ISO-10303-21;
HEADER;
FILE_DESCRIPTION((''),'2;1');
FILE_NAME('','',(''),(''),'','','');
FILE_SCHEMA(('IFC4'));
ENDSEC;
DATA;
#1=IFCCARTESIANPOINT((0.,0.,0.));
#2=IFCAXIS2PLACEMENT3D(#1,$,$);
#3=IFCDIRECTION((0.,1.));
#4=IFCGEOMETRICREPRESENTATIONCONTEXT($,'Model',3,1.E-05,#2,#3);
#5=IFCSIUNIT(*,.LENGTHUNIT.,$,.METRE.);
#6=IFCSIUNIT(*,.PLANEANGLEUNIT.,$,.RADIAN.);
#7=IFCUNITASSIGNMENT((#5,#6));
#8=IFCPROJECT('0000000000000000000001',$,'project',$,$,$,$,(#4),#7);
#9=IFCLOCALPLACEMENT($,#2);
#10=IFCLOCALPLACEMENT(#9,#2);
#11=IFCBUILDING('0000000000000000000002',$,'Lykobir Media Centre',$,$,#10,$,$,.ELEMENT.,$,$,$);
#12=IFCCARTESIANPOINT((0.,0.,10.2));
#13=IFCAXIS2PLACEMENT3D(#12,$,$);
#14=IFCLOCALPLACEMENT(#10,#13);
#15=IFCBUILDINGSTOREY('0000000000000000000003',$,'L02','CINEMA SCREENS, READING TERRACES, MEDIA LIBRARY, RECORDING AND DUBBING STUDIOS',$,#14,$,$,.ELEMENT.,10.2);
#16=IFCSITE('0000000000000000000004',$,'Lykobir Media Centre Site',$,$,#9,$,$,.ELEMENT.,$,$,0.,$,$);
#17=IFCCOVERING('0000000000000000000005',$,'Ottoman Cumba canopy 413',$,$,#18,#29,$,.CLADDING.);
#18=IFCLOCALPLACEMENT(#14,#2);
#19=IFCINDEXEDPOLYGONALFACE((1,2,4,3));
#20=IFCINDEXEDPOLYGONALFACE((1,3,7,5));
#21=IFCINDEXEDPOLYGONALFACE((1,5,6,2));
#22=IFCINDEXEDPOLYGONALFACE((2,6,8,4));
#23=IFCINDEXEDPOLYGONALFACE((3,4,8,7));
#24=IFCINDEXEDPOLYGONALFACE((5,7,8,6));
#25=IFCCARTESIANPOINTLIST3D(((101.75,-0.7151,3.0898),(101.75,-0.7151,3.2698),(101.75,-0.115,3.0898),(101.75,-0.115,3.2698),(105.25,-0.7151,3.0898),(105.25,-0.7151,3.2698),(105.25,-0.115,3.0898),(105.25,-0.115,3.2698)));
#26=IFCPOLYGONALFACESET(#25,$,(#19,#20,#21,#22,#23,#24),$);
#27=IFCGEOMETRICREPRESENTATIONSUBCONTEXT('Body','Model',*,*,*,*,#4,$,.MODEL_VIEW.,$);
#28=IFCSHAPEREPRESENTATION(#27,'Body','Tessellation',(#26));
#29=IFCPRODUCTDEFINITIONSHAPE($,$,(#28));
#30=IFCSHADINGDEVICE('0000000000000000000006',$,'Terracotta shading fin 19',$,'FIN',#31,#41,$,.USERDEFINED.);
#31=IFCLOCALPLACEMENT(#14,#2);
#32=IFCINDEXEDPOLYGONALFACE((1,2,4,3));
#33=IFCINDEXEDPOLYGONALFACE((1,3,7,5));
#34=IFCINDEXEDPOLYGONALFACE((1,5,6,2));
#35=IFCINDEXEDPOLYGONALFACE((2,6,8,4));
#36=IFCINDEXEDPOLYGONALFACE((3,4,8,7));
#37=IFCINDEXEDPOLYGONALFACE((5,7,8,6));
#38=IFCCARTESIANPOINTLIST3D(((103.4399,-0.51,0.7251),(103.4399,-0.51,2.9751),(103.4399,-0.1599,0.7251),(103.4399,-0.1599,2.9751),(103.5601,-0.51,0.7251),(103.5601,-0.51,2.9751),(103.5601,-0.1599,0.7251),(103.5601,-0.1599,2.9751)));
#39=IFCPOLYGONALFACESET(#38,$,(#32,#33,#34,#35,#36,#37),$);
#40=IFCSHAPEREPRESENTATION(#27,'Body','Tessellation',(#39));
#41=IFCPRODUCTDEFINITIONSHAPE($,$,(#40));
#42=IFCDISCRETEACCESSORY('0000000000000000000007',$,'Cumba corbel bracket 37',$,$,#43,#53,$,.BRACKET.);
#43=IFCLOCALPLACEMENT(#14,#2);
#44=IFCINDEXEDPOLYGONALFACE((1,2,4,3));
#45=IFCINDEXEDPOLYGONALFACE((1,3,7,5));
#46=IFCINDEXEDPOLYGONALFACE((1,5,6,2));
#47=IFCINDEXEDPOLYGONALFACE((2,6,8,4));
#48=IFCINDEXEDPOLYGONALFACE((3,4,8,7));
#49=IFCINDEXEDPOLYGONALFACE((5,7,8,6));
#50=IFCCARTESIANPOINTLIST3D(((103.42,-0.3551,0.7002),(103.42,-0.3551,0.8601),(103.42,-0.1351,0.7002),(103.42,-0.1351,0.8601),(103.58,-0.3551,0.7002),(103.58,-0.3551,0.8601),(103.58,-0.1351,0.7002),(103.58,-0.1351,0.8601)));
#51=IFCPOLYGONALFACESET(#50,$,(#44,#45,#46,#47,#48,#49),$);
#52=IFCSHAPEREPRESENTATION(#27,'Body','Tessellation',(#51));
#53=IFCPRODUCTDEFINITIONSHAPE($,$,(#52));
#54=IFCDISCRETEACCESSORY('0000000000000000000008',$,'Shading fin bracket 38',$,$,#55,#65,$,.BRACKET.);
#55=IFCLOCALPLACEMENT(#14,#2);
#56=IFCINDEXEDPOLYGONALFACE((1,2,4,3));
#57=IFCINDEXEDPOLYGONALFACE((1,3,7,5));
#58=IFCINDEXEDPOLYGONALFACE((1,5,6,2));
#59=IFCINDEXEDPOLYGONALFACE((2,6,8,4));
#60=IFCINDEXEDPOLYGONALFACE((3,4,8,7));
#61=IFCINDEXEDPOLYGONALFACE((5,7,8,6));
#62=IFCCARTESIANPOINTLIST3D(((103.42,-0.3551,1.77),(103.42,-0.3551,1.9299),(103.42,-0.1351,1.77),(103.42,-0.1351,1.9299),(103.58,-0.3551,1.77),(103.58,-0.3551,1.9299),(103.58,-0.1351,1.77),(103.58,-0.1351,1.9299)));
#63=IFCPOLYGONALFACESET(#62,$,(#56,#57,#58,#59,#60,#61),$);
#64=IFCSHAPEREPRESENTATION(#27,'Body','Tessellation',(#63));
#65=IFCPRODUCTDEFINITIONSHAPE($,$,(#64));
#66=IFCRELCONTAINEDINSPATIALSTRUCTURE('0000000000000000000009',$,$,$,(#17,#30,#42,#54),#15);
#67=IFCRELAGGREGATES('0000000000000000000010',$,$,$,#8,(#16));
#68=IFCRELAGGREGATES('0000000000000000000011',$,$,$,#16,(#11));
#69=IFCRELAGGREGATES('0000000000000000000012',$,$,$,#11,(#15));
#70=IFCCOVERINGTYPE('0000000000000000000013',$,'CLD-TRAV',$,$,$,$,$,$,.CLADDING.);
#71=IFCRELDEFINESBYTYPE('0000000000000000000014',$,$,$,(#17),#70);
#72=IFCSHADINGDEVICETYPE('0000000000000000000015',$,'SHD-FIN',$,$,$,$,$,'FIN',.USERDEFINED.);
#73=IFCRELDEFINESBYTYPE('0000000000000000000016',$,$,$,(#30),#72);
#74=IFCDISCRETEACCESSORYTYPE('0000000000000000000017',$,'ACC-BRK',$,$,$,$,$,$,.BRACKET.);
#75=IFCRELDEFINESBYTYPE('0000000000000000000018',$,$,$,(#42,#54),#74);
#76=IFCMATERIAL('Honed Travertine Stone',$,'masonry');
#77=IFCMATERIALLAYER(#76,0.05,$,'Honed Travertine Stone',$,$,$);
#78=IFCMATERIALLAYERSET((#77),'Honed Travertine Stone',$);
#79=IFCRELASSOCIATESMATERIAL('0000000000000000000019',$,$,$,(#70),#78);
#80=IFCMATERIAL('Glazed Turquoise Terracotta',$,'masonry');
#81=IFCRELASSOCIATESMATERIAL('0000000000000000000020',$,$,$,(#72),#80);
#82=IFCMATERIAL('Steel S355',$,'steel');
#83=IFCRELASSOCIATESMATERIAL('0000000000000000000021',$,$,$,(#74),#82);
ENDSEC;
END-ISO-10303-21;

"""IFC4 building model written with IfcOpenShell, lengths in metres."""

from ifc_helpers import new_model, si_unit, direction, frame, origin, origin_2d, place, context, subcontext, project, spatial, rectangle, extrude, material, layer, layer_set, type_object, element, save


model = new_model("IFC4")

# Units and contexts
model_context = context("Model", 3, precision=1e-05, world=origin(), true_north=direction((0.0, 1.0)))
body_context = subcontext(model_context, "Body", "Model", "MODEL_VIEW")
ifc_project = project(units=[si_unit("LENGTHUNIT", "METRE"), si_unit("PLANEANGLEUNIT", "RADIAN")], contexts=[model_context])

# Site, building, storey
site_placement = place(None, origin())
site = spatial("IfcSite", under=ifc_project, at=site_placement, Name="Lykobir Media Centre Site", CompositionType="ELEMENT", RefElevation=0.0)
building_placement = place(site_placement, origin())
building = spatial("IfcBuilding", under=site, at=building_placement, Name="Lykobir Media Centre", CompositionType="ELEMENT")
storey_placement = place(building_placement, frame((0.0, 0.0, 10.2)))
storey = spatial("IfcBuildingStorey", under=building, at=storey_placement, Name="L02", Description="CINEMA SCREENS, READING TERRACES, MEDIA LIBRARY, RECORDING AND DUBBING STUDIOS", CompositionType="ELEMENT", Elevation=10.2)

# Shared definitions
ifc_material_1 = material(Name="Steel S355", Category="steel")

# Covering
ifc_material_2 = material(Name="Glazed Turquoise Terracotta", Category="masonry")
ifc_material_3 = material(Name="Honed Travertine Stone", Category="masonry")
ifc_layer_1 = layer(ifc_material_3, 0.05, Name="Honed Travertine Stone")
ifc_layer_set_1 = layer_set([ifc_layer_1], Name="Honed Travertine Stone")
covering_type_1 = type_object("IfcCoveringType", Name="CLD-TRAV", PredefinedType="CLADDING", material=ifc_layer_set_1)
covering_1_placement = place(storey_placement, frame((103.5, -0.415, 3.0898), z_axis=(0.0, 0.0, 1.0), x_axis=(1.0, 0.0, 0.0)))
element("IfcCovering", 1, at=covering_1_placement, inside=storey, type_object=covering_type_1, Name="Ottoman Cumba canopy 413", PredefinedType="CLADDING", context=body_context, shape_type="SweptSolid", body=[
    extrude(rectangle(XDim=3.5, YDim=0.6001, at=origin_2d()), origin(), (0.0, 0.0, 1.0), 0.1799),
])

# Shading device
shading_device_type = type_object("IfcShadingDeviceType", Name="SHD-FIN", ElementType="FIN", PredefinedType="USERDEFINED", material=ifc_material_2)
shading_device_placement = place(storey_placement, frame((103.5, -0.335, 0.7251), z_axis=(0.0, 0.0, 1.0), x_axis=(1.0, 0.0, 0.0)))
element("IfcShadingDevice", 2, at=shading_device_placement, inside=storey, type_object=shading_device_type, Name="Terracotta shading fin 19", ObjectType="FIN", PredefinedType="USERDEFINED", context=body_context, shape_type="SweptSolid", body=[
    extrude(rectangle(XDim=0.1201, YDim=0.3501, at=origin_2d()), origin(), (0.0, 0.0, 1.0), 2.25),
])

# Discrete accessories
discrete_accessory_type = type_object("IfcDiscreteAccessoryType", Name="ACC-BRK", PredefinedType="BRACKET", material=ifc_material_1)
for number, where, z_axis, x_axis, name in (
    (3, (103.5, -0.2451, 0.7002), (0.0, 0.0, 1.0), (1.0, 0.0, 0.0), "Cumba corbel bracket 37"),
    (4, (103.5, -0.2451, 1.77), (0.0, 0.0, 1.0), (1.0, 0.0, 0.0), "Shading fin bracket 38"),
):
    element("IfcDiscreteAccessory", number, at=place(storey_placement, frame(where, z_axis=z_axis, x_axis=x_axis)), inside=storey, type_object=discrete_accessory_type, Name=name, PredefinedType="BRACKET", context=body_context, shape_type="SweptSolid", body=[
        extrude(rectangle(XDim=0.1599, YDim=0.22, at=origin_2d()), origin(), (0.0, 0.0, 1.0), 0.1599),
    ])

save(model, "model.ifc")
